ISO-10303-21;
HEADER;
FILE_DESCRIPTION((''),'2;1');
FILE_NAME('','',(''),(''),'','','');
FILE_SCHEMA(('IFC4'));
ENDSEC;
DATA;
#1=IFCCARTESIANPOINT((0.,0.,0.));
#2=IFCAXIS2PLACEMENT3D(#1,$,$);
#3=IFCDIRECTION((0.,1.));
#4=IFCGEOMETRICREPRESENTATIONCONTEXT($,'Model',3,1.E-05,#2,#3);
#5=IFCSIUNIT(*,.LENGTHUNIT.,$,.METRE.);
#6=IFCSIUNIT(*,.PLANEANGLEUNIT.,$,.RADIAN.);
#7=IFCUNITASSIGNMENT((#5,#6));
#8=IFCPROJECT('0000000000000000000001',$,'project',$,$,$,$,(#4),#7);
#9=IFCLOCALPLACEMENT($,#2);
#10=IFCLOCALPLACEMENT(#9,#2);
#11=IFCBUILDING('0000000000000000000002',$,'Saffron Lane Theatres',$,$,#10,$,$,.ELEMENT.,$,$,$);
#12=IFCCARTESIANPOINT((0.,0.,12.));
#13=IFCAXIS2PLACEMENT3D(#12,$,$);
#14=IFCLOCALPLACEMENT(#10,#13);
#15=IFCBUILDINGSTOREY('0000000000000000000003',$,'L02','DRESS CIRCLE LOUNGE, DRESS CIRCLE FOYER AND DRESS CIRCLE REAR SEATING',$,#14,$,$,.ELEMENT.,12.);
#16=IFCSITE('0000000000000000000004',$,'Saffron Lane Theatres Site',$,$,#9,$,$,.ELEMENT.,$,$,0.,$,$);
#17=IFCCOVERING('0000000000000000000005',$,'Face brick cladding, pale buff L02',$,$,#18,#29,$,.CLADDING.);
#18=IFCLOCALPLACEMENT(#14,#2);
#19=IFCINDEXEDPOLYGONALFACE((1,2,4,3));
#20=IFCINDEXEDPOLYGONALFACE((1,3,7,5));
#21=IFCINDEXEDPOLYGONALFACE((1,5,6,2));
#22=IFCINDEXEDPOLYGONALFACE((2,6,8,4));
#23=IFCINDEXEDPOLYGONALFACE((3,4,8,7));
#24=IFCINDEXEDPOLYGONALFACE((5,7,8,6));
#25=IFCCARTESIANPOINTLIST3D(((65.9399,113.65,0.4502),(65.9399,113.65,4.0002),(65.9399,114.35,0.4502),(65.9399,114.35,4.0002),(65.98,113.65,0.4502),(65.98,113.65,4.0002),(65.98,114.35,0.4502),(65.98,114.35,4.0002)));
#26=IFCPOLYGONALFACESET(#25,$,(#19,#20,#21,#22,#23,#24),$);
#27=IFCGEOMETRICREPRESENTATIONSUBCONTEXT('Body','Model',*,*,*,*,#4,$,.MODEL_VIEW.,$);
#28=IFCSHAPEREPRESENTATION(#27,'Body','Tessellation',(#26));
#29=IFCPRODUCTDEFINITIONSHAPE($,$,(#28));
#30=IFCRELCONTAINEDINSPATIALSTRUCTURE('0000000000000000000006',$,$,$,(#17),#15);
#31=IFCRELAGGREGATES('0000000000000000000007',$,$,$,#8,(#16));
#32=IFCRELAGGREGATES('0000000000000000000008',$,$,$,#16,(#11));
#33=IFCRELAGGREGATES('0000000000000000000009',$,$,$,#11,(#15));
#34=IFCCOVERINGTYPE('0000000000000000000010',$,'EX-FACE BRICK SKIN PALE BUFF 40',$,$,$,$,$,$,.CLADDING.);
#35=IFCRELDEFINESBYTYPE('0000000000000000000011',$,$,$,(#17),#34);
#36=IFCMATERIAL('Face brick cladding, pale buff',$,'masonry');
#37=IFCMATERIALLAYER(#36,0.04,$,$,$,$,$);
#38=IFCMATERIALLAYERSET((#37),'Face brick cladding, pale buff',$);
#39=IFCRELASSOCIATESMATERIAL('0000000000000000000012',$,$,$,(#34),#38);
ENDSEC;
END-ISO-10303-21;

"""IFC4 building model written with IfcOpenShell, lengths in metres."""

from ifc_helpers import new_model, si_unit, direction, frame, origin, origin_2d, place, context, subcontext, project, spatial, rectangle, extrude, material, layer, layer_set, type_object, element, save


model = new_model("IFC4")

# Units and contexts
model_context = context("Model", 3, precision=1e-05, world=origin(), true_north=direction((0.0, 1.0)))
body_context = subcontext(model_context, "Body", "Model", "MODEL_VIEW")
ifc_project = project(units=[si_unit("LENGTHUNIT", "METRE"), si_unit("PLANEANGLEUNIT", "RADIAN")], contexts=[model_context])

# Site, building, storey
site_placement = place(None, origin())
site = spatial("IfcSite", under=ifc_project, at=site_placement, Name="Saffron Lane Theatres Site", CompositionType="ELEMENT", RefElevation=0.0)
building_placement = place(site_placement, origin())
building = spatial("IfcBuilding", under=site, at=building_placement, Name="Saffron Lane Theatres", CompositionType="ELEMENT")
storey_placement = place(building_placement, frame((0.0, 0.0, 12.0)))
storey = spatial("IfcBuildingStorey", under=building, at=storey_placement, Name="L02", Description="DRESS CIRCLE LOUNGE, DRESS CIRCLE FOYER AND DRESS CIRCLE REAR SEATING", CompositionType="ELEMENT", Elevation=12.0)

# Covering
ifc_material_1 = material(Name="Face brick cladding, pale buff", Category="masonry")
ifc_layer_1 = layer(ifc_material_1, 0.04)
ifc_layer_set_1 = layer_set([ifc_layer_1], Name="Face brick cladding, pale buff")
covering_type_1 = type_object("IfcCoveringType", Name="EX-FACE BRICK SKIN PALE BUFF 40", PredefinedType="CLADDING", material=ifc_layer_set_1)
for number, where, z_axis, x_axis, name in (
    (1, (65.96, 114.0, 0.4502), (0.0, 0.0, 1.0), (0.0, 1.0, 0.0), "Face brick cladding, pale buff L02"),
):
    element("IfcCovering", number, at=place(storey_placement, frame(where, z_axis=z_axis, x_axis=x_axis)), inside=storey, type_object=covering_type_1, Name=name, PredefinedType="CLADDING", context=body_context, shape_type="SweptSolid", body=[
        extrude(rectangle(XDim=0.7, YDim=0.04, at=origin_2d()), origin(), (0.0, 0.0, 1.0), 3.55),
    ])

save(model, "model.ifc")
